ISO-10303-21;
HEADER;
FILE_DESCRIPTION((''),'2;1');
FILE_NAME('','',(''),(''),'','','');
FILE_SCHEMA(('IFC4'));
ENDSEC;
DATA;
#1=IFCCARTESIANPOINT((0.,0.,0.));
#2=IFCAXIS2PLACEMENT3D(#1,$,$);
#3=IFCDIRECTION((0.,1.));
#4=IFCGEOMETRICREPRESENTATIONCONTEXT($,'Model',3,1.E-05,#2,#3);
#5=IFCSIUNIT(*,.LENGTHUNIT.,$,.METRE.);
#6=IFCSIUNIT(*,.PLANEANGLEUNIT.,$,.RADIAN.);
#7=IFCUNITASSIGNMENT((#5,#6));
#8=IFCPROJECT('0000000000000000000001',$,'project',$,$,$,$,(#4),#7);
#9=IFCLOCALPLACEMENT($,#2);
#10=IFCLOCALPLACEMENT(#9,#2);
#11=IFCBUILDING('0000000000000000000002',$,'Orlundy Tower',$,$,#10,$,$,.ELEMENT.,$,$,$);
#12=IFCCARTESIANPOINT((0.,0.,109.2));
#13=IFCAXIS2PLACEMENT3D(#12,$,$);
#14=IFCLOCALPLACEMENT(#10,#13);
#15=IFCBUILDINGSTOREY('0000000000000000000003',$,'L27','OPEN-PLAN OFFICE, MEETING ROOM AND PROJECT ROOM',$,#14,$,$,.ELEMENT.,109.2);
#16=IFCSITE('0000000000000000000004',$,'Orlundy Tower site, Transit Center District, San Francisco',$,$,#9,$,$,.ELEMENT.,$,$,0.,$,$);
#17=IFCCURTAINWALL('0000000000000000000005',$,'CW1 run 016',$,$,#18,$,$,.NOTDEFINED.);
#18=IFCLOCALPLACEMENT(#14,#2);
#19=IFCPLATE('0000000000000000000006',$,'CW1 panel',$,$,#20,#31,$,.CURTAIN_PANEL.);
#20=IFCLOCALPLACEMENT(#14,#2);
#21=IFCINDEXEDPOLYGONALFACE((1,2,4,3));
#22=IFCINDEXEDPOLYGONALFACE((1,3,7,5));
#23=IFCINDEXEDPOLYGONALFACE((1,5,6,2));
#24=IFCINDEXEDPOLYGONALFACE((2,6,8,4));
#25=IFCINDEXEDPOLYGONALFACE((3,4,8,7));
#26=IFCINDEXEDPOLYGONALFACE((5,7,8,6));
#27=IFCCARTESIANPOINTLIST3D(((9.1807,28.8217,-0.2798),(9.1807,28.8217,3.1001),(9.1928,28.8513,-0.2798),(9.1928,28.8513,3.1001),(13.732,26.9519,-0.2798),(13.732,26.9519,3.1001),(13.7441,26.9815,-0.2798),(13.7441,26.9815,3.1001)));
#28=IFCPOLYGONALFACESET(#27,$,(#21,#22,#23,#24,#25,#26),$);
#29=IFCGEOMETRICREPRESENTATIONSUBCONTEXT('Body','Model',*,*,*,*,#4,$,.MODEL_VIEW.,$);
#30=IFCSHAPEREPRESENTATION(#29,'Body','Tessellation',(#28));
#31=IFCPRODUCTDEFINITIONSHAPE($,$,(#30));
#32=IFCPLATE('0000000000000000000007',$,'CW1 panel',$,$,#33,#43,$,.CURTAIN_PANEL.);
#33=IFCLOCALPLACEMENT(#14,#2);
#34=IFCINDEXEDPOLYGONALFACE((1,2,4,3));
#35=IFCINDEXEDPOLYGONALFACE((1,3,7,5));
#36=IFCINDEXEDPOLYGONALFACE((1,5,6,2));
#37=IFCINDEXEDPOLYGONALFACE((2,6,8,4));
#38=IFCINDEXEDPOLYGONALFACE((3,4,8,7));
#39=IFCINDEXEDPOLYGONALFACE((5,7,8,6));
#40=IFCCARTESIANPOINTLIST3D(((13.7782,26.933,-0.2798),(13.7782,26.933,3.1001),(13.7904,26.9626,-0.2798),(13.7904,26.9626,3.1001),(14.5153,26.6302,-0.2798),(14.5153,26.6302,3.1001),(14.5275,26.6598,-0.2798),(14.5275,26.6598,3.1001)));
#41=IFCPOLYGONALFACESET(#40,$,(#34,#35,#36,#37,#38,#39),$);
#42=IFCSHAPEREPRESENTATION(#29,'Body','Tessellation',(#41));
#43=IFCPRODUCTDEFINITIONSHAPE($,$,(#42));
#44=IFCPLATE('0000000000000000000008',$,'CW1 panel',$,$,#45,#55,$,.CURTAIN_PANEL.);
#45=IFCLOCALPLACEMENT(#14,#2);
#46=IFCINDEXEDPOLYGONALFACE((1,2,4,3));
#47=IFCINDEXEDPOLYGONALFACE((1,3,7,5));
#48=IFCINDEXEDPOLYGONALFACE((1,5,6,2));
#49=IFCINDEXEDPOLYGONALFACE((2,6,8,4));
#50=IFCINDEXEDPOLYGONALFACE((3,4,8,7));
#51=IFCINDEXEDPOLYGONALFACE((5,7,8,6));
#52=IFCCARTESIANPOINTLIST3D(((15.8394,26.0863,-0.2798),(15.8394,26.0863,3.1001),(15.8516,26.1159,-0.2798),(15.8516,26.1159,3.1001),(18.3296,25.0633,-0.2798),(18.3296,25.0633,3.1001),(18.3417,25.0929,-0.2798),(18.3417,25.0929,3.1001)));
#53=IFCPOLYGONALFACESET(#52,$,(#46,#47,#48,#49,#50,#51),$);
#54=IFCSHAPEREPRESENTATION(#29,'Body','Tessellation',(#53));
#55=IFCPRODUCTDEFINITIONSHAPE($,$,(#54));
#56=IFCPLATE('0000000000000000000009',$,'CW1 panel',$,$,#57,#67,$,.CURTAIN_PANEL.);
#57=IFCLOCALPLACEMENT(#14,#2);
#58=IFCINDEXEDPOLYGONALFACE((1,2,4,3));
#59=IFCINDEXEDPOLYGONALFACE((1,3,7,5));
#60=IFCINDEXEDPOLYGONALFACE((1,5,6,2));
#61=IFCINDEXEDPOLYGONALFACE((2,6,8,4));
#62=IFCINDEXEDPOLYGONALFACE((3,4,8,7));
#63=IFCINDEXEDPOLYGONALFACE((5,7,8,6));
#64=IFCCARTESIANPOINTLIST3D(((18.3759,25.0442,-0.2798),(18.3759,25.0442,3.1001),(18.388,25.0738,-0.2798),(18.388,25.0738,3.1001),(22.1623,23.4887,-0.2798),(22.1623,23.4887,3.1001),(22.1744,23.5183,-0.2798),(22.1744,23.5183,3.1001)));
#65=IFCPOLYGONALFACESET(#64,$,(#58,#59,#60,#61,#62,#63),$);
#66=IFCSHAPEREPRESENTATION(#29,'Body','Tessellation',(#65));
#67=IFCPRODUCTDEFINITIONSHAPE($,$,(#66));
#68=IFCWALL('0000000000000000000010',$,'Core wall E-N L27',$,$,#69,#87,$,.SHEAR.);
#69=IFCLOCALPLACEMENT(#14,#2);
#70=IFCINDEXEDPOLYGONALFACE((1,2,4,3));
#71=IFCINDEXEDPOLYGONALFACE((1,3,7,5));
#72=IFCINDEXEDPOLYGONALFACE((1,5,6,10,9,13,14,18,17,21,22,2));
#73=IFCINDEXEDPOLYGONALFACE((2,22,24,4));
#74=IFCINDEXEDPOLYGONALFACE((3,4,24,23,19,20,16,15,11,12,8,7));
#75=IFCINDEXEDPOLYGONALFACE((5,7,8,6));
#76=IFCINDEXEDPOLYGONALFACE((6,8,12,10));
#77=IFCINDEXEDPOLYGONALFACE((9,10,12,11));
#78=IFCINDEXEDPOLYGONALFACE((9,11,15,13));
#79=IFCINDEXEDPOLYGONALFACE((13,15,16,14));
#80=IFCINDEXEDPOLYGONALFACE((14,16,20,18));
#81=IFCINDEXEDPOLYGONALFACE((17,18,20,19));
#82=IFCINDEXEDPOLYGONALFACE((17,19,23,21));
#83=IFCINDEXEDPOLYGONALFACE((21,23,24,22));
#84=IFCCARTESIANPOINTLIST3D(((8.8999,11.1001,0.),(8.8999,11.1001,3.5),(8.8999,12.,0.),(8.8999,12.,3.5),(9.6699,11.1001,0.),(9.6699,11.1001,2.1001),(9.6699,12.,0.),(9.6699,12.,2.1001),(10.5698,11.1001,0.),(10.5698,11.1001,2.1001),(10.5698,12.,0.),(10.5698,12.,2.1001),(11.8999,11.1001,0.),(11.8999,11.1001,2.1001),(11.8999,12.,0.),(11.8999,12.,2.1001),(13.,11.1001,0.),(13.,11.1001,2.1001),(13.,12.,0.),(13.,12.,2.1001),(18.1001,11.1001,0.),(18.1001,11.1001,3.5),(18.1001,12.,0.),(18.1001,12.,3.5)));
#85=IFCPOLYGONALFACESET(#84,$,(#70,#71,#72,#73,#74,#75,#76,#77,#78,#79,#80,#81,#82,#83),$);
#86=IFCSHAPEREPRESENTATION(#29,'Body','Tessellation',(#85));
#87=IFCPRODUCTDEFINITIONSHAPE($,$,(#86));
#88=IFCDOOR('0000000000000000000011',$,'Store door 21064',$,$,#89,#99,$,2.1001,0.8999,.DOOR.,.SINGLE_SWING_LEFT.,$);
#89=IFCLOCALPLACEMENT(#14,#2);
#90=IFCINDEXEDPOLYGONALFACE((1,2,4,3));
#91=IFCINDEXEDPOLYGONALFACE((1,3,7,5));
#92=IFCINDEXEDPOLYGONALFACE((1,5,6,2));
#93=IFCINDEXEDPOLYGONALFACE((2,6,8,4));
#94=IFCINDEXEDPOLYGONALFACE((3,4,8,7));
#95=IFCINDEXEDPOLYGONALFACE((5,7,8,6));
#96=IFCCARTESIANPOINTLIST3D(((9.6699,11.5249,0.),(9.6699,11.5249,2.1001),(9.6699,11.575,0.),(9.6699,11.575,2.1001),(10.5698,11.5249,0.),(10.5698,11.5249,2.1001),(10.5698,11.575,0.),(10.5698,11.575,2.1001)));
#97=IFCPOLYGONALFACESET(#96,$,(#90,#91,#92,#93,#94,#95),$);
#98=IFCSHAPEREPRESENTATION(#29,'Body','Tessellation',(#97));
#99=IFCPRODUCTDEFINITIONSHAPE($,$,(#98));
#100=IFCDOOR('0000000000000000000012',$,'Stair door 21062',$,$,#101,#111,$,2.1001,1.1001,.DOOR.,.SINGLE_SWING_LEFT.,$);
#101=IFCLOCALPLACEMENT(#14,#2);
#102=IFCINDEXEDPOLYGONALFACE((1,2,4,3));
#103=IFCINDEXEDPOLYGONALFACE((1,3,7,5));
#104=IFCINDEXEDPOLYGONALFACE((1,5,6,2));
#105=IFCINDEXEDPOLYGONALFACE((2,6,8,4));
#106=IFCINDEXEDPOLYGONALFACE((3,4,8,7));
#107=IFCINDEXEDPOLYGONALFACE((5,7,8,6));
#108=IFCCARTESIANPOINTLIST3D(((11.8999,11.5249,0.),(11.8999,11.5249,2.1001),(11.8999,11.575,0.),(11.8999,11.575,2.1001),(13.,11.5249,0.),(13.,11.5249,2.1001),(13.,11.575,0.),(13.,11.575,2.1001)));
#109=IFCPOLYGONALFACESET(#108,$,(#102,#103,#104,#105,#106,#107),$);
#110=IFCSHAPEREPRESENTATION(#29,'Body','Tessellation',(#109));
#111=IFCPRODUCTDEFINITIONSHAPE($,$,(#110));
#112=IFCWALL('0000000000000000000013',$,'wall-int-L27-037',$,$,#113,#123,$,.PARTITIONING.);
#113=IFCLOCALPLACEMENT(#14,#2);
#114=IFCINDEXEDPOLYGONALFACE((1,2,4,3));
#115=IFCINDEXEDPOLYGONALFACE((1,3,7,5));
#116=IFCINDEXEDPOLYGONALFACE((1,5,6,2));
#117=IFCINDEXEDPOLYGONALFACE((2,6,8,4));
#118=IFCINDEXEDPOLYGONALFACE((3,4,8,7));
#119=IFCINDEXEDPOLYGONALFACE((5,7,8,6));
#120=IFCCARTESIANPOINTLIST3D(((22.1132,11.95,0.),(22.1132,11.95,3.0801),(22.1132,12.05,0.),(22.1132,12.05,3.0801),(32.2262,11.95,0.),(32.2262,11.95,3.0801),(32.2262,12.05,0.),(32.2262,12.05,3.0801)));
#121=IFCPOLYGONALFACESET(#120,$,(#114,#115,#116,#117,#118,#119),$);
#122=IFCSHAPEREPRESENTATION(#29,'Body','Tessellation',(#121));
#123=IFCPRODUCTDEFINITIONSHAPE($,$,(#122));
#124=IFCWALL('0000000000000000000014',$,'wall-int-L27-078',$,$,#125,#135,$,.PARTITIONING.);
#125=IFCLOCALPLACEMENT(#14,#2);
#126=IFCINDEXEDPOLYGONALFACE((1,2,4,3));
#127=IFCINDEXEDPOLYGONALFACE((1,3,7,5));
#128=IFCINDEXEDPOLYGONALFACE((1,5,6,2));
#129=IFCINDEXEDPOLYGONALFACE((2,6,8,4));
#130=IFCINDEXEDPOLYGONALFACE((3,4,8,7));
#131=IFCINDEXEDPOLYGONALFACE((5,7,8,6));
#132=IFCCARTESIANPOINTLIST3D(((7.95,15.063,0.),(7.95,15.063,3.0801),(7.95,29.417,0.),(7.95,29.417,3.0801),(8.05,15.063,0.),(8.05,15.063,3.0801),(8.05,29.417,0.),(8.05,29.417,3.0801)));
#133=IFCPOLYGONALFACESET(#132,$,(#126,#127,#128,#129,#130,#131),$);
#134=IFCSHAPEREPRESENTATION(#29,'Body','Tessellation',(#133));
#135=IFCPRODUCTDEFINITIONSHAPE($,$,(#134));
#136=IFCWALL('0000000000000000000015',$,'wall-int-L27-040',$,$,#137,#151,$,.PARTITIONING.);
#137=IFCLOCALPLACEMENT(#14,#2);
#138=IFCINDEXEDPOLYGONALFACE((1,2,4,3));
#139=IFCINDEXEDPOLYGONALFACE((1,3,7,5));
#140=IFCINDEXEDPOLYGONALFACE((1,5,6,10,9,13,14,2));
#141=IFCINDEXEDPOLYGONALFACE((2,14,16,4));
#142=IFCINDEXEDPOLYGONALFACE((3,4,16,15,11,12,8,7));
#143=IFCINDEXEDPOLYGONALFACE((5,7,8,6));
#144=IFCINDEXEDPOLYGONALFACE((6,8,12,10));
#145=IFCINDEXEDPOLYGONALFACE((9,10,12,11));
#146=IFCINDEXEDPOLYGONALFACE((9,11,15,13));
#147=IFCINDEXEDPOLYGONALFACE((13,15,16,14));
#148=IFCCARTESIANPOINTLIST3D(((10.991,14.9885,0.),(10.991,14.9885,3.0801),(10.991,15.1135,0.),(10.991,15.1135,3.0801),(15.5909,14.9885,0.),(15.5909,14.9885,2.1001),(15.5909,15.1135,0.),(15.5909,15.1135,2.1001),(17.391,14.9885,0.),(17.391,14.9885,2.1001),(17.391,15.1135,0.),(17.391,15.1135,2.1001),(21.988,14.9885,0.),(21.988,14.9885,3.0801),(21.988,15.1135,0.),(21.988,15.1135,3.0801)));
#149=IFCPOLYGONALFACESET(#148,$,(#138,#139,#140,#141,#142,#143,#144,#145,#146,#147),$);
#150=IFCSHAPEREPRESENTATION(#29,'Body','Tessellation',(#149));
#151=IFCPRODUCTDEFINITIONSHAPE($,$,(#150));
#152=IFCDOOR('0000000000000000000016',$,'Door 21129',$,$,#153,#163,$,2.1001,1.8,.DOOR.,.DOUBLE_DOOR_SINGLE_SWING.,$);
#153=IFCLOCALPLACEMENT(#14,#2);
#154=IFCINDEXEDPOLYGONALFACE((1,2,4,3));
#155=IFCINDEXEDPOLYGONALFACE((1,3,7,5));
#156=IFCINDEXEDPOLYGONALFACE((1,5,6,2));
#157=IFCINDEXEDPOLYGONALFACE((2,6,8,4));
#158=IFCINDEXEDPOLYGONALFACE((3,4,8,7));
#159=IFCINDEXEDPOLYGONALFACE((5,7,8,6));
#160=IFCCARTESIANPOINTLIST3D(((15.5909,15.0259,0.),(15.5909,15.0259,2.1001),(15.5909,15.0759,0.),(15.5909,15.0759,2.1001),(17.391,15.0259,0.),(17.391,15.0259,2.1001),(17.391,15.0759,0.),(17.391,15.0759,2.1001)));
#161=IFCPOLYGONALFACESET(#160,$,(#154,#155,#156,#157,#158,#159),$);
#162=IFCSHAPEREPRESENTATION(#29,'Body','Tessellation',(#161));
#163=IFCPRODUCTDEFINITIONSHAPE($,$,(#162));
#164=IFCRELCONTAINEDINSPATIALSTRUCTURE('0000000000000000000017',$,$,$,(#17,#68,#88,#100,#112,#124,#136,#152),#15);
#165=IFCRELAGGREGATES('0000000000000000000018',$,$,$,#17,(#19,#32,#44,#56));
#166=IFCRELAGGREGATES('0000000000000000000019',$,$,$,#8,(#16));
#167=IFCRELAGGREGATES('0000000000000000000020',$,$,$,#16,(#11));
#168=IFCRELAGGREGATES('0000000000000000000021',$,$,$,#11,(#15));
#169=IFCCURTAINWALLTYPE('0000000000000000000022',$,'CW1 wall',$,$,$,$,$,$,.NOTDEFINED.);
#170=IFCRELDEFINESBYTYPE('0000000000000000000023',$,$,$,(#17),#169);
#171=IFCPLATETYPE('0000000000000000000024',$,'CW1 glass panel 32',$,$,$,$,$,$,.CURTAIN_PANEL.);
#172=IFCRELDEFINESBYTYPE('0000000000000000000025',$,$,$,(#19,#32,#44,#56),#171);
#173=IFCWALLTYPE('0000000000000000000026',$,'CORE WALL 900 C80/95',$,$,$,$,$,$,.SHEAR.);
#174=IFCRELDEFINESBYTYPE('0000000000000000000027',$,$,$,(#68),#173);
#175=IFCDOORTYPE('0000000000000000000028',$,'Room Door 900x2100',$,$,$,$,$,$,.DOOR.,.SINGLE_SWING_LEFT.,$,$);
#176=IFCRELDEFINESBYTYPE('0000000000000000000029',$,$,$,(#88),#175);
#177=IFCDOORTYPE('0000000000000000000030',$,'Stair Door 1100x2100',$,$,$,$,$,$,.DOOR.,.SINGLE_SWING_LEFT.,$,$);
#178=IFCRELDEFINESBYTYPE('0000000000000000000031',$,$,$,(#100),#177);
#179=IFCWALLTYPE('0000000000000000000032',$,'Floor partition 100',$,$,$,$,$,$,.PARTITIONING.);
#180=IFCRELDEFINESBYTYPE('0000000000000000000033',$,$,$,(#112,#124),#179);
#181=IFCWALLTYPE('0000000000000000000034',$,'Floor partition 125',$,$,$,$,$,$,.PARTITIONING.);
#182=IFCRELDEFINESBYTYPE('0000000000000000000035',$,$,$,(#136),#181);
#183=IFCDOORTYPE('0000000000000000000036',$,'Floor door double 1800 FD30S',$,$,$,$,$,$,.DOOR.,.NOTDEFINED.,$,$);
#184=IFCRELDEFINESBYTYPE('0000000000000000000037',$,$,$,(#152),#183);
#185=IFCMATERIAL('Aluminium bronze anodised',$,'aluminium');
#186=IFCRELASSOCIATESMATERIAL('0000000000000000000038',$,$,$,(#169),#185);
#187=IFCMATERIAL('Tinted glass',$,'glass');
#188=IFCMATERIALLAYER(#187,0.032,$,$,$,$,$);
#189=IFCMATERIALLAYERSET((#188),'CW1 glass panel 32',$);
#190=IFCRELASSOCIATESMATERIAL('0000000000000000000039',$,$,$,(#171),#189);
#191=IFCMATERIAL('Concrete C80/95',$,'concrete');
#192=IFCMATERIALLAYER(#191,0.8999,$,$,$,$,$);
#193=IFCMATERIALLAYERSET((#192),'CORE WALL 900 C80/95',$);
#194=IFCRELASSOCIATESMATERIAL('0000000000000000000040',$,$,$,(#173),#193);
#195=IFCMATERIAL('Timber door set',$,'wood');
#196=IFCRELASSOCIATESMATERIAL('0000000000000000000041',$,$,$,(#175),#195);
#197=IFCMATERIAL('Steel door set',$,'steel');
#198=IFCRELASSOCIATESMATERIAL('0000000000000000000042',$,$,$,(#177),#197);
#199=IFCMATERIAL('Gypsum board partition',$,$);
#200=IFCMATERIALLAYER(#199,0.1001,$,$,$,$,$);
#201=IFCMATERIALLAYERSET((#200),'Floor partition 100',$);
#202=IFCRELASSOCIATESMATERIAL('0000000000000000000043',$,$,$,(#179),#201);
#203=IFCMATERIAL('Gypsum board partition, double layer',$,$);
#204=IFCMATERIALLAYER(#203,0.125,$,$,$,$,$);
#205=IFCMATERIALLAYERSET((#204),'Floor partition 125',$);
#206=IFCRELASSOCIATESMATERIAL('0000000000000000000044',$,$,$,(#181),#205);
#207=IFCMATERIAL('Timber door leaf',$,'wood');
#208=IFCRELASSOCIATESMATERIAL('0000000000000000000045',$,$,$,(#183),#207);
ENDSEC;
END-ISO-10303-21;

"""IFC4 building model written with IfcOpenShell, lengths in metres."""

from ifc_helpers import new_model, si_unit, direction, frame, frame_2d, origin, origin_2d, place, context, subcontext, project, spatial, rectangle, extrude, material, layer, layer_set, type_object, element, fill, aggregate, save


model = new_model("IFC4")

# Units and contexts
model_context = context("Model", 3, precision=1e-05, world=origin(), true_north=direction((0.0, 1.0)))
body_context = subcontext(model_context, "Body", "Model", "MODEL_VIEW")
ifc_project = project(units=[si_unit("LENGTHUNIT", "METRE"), si_unit("PLANEANGLEUNIT", "RADIAN")], contexts=[model_context])

# Site, building, storey
site_placement = place(None, origin())
site = spatial("IfcSite", under=ifc_project, at=site_placement, Name="Orlundy Tower site, Transit Center District, San Francisco", CompositionType="ELEMENT", RefElevation=0.0)
building_placement = place(site_placement, origin())
building = spatial("IfcBuilding", under=site, at=building_placement, Name="Orlundy Tower", CompositionType="ELEMENT")
storey_placement = place(building_placement, frame((0.0, 0.0, 109.2)))
storey = spatial("IfcBuildingStorey", under=building, at=storey_placement, Name="L27", Description="OPEN-PLAN OFFICE, MEETING ROOM AND PROJECT ROOM", CompositionType="ELEMENT", Elevation=109.2)

# Curtain wall
ifc_material_1 = material(Name="Aluminium bronze anodised", Category="aluminium")
curtain_wall_type = type_object("IfcCurtainWallType", Name="CW1 wall", PredefinedType="NOTDEFINED", material=ifc_material_1)
curtain_wall_1_placement = place(storey_placement, origin())
curtain_wall_1 = element("IfcCurtainWall", 1, at=curtain_wall_1_placement, inside=storey, type_object=curtain_wall_type, Name="CW1 run 016", PredefinedType="NOTDEFINED")

# Plates
ifc_material_2 = material(Name="Tinted glass", Category="glass")
ifc_layer_1 = layer(ifc_material_2, 0.032)
ifc_layer_set_1 = layer_set([ifc_layer_1], Name="CW1 glass panel 32")
plate_type = type_object("IfcPlateType", Name="CW1 glass panel 32", PredefinedType="CURTAIN_PANEL", material=ifc_layer_set_1)
plate_1_placement = place(storey_placement, frame((11.4624, 27.9016, -0.2798), z_axis=(0.0, 0.0, 1.0), x_axis=(0.924984, -0.380005, 0.0)))
plate_1 = element("IfcPlate", 2, at=plate_1_placement, type_object=plate_type, Name="CW1 panel", PredefinedType="CURTAIN_PANEL", context=body_context, shape_type="SweptSolid", body=[
    extrude(rectangle(XDim=4.9204, YDim=0.032, at=origin_2d()), origin(), (0.0, 0.0, 1.0), 3.3799),
])
plate_2_placement = place(storey_placement, frame((14.1528, 26.7964, -0.2798), z_axis=(0.0, 0.0, 1.0), x_axis=(0.924984, -0.380005, 0.0)))
plate_2 = element("IfcPlate", 3, at=plate_2_placement, type_object=plate_type, Name="CW1 panel", PredefinedType="CURTAIN_PANEL", context=body_context, shape_type="SweptSolid", body=[
    extrude(rectangle(XDim=0.7969, YDim=0.032, at=origin_2d()), origin(), (0.0, 0.0, 1.0), 3.3799),
])
plate_3_placement = place(storey_placement, frame((17.0906, 25.5896, -0.2798), z_axis=(0.0, 0.0, 1.0), x_axis=(0.924984, -0.380005, 0.0)))
plate_3 = element("IfcPlate", 4, at=plate_3_placement, type_object=plate_type, Name="CW1 panel", PredefinedType="CURTAIN_PANEL", context=body_context, shape_type="SweptSolid", body=[
    extrude(rectangle(XDim=2.6921, YDim=0.032, at=origin_2d()), origin(), (0.0, 0.0, 1.0), 3.3799),
])
plate_4_placement = place(storey_placement, frame((20.2751, 24.2812, -0.2798), z_axis=(0.0, 0.0, 1.0), x_axis=(0.924984, -0.380005, 0.0)))
plate_4 = element("IfcPlate", 5, at=plate_4_placement, type_object=plate_type, Name="CW1 panel", PredefinedType="CURTAIN_PANEL", context=body_context, shape_type="SweptSolid", body=[
    extrude(rectangle(XDim=4.0935, YDim=0.032, at=origin_2d()), origin(), (0.0, 0.0, 1.0), 3.3799),
])
aggregate(curtain_wall_1, [plate_1, plate_2, plate_3, plate_4])

# Wall, openings, doors
ifc_material_3 = material(Name="Concrete C80/95", Category="concrete")
ifc_layer_2 = layer(ifc_material_3, 0.8999)
ifc_layer_set_2 = layer_set([ifc_layer_2], Name="CORE WALL 900 C80/95")
wall_type_1 = type_object("IfcWallType", Name="CORE WALL 900 C80/95", PredefinedType="SHEAR", material=ifc_layer_set_2)
wall_1_placement = place(storey_placement, frame((8.8999, 11.55, 0.0), z_axis=(0.0, 0.0, 1.0), x_axis=(1.0, 0.0, 0.0)))
wall_1 = element("IfcWall", 6, at=wall_1_placement, inside=storey, type_object=wall_type_1, Name="Core wall E-N L27", PredefinedType="SHEAR", context=body_context, shape_type="SweptSolid", body=[
    extrude(rectangle(XDim=9.2002, YDim=0.8999, at=frame_2d((4.6001, 0.0))), origin(), (0.0, 0.0, 1.0), 3.5),
])
opening_1_placement = place(wall_1_placement, frame((3.0, 0.0, 0.0)))
opening_1 = element("IfcOpeningElement", 7, at=opening_1_placement, cuts=wall_1, PredefinedType="OPENING", context=body_context, shape_type="SweptSolid", body=[
    extrude(rectangle(XDim=1.1001, YDim=2.1001, at=frame_2d((0.55, 1.05))), frame((0.0, 0.46, 0.0), z_axis=(0.0, -1.0, 0.0), x_axis=(1.0, 0.0, 0.0)), (0.0, 0.0, 1.0), 0.9199),
])
opening_2_placement = place(wall_1_placement, frame((0.77, 0.0, 0.0)))
opening_2 = element("IfcOpeningElement", 8, at=opening_2_placement, cuts=wall_1, PredefinedType="OPENING", context=body_context, shape_type="SweptSolid", body=[
    extrude(rectangle(XDim=0.8999, YDim=2.1001, at=frame_2d((0.45, 1.05))), frame((0.0, 0.46, 0.0), z_axis=(0.0, -1.0, 0.0), x_axis=(1.0, 0.0, 0.0)), (0.0, 0.0, 1.0), 0.9199),
])
ifc_material_4 = material(Name="Timber door set", Category="wood")
door_type_1 = type_object("IfcDoorType", Name="Room Door 900x2100", OperationType="SINGLE_SWING_LEFT", PredefinedType="DOOR", material=ifc_material_4)
door_1_placement = place(opening_2_placement, origin())
door_1 = element("IfcDoor", 9, at=door_1_placement, inside=storey, type_object=door_type_1, Name="Store door 21064", OperationType="SINGLE_SWING_LEFT", OverallHeight=2.1001, OverallWidth=0.8999, PredefinedType="DOOR", context=body_context, shape_type="SweptSolid", body=[
    extrude(rectangle(XDim=0.8999, YDim=2.1001, at=frame_2d((0.45, 1.05))), frame((0.0, 0.0249, 0.0), z_axis=(0.0, -1.0, 0.0), x_axis=(1.0, 0.0, 0.0)), (0.0, 0.0, 1.0), 0.05),
])
fill(opening_2, door_1)
ifc_material_5 = material(Name="Steel door set", Category="steel")
door_type_2 = type_object("IfcDoorType", Name="Stair Door 1100x2100", OperationType="SINGLE_SWING_LEFT", PredefinedType="DOOR", material=ifc_material_5)
door_2_placement = place(opening_1_placement, origin())
door_2 = element("IfcDoor", 10, at=door_2_placement, inside=storey, type_object=door_type_2, Name="Stair door 21062", OperationType="SINGLE_SWING_LEFT", OverallHeight=2.1001, OverallWidth=1.1001, PredefinedType="DOOR", context=body_context, shape_type="SweptSolid", body=[
    extrude(rectangle(XDim=1.1001, YDim=2.1001, at=frame_2d((0.55, 1.05))), frame((0.0, 0.0249, 0.0), z_axis=(0.0, -1.0, 0.0), x_axis=(1.0, 0.0, 0.0)), (0.0, 0.0, 1.0), 0.05),
])
fill(opening_1, door_2)

# Walls
ifc_material_6 = material(Name="Gypsum board partition")
ifc_layer_3 = layer(ifc_material_6, 0.1001)
ifc_layer_set_3 = layer_set([ifc_layer_3], Name="Floor partition 100")
wall_type_2 = type_object("IfcWallType", Name="Floor partition 100", PredefinedType="PARTITIONING", material=ifc_layer_set_3)
wall_2_placement = place(storey_placement, frame((22.113, 12.0, 0.0), z_axis=(0.0, 0.0, 1.0), x_axis=(1.0, 0.0, 0.0)))
element("IfcWall", 11, at=wall_2_placement, inside=storey, type_object=wall_type_2, Name="wall-int-L27-037", PredefinedType="PARTITIONING", context=body_context, shape_type="SweptSolid", body=[
    extrude(rectangle(XDim=10.113, YDim=0.1001, at=frame_2d((5.0566, 0.0))), origin(), (0.0, 0.0, 1.0), 3.0801),
])
wall_3_placement = place(storey_placement, frame((8.0, 15.063, 0.0), z_axis=(0.0, 0.0, 1.0), x_axis=(0.0, 1.0, 0.0)))
element("IfcWall", 12, at=wall_3_placement, inside=storey, type_object=wall_type_2, Name="wall-int-L27-078", PredefinedType="PARTITIONING", context=body_context, shape_type="SweptSolid", body=[
    extrude(rectangle(XDim=14.354, YDim=0.1001, at=frame_2d((7.177, 0.0))), origin(), (0.0, 0.0, 1.0), 3.0801),
])

# Wall, opening, door
ifc_material_7 = material(Name="Gypsum board partition, double layer")
ifc_layer_4 = layer(ifc_material_7, 0.125)
ifc_layer_set_4 = layer_set([ifc_layer_4], Name="Floor partition 125")
wall_type_3 = type_object("IfcWallType", Name="Floor partition 125", PredefinedType="PARTITIONING", material=ifc_layer_set_4)
wall_4_placement = place(storey_placement, frame((10.991, 15.051, 0.0), z_axis=(0.0, 0.0, 1.0), x_axis=(1.0, 0.0, 0.0)))
wall_4 = element("IfcWall", 13, at=wall_4_placement, inside=storey, type_object=wall_type_3, Name="wall-int-L27-040", PredefinedType="PARTITIONING", context=body_context, shape_type="SweptSolid", body=[
    extrude(rectangle(XDim=10.9971, YDim=0.125, at=frame_2d((5.4985, 0.0))), origin(), (0.0, 0.0, 1.0), 3.0801),
])
opening_3_placement = place(wall_4_placement, frame((4.6001, 0.0, 0.0)))
opening_3 = element("IfcOpeningElement", 14, at=opening_3_placement, cuts=wall_4, PredefinedType="OPENING", context=body_context, shape_type="SweptSolid", body=[
    extrude(rectangle(XDim=1.8, YDim=2.1001, at=frame_2d((0.8999, 1.05))), frame((0.0, 0.0725, 0.0), z_axis=(0.0, -1.0, 0.0), x_axis=(1.0, 0.0, 0.0)), (0.0, 0.0, 1.0), 0.145),
])
ifc_material_8 = material(Name="Timber door leaf", Category="wood")
door_type_3 = type_object("IfcDoorType", Name="Floor door double 1800 FD30S", OperationType="NOTDEFINED", PredefinedType="DOOR", material=ifc_material_8)
door_3_placement = place(opening_3_placement, origin())
door_3 = element("IfcDoor", 15, at=door_3_placement, inside=storey, type_object=door_type_3, Name="Door 21129", OperationType="DOUBLE_DOOR_SINGLE_SWING", OverallHeight=2.1001, OverallWidth=1.8, PredefinedType="DOOR", context=body_context, shape_type="SweptSolid", body=[
    extrude(rectangle(XDim=1.8, YDim=2.1001, at=frame_2d((0.8999, 1.05))), frame((0.0, 0.0249, 0.0), z_axis=(0.0, -1.0, 0.0), x_axis=(1.0, 0.0, 0.0)), (0.0, 0.0, 1.0), 0.05),
])
fill(opening_3, door_3)

save(model, "model.ifc")
